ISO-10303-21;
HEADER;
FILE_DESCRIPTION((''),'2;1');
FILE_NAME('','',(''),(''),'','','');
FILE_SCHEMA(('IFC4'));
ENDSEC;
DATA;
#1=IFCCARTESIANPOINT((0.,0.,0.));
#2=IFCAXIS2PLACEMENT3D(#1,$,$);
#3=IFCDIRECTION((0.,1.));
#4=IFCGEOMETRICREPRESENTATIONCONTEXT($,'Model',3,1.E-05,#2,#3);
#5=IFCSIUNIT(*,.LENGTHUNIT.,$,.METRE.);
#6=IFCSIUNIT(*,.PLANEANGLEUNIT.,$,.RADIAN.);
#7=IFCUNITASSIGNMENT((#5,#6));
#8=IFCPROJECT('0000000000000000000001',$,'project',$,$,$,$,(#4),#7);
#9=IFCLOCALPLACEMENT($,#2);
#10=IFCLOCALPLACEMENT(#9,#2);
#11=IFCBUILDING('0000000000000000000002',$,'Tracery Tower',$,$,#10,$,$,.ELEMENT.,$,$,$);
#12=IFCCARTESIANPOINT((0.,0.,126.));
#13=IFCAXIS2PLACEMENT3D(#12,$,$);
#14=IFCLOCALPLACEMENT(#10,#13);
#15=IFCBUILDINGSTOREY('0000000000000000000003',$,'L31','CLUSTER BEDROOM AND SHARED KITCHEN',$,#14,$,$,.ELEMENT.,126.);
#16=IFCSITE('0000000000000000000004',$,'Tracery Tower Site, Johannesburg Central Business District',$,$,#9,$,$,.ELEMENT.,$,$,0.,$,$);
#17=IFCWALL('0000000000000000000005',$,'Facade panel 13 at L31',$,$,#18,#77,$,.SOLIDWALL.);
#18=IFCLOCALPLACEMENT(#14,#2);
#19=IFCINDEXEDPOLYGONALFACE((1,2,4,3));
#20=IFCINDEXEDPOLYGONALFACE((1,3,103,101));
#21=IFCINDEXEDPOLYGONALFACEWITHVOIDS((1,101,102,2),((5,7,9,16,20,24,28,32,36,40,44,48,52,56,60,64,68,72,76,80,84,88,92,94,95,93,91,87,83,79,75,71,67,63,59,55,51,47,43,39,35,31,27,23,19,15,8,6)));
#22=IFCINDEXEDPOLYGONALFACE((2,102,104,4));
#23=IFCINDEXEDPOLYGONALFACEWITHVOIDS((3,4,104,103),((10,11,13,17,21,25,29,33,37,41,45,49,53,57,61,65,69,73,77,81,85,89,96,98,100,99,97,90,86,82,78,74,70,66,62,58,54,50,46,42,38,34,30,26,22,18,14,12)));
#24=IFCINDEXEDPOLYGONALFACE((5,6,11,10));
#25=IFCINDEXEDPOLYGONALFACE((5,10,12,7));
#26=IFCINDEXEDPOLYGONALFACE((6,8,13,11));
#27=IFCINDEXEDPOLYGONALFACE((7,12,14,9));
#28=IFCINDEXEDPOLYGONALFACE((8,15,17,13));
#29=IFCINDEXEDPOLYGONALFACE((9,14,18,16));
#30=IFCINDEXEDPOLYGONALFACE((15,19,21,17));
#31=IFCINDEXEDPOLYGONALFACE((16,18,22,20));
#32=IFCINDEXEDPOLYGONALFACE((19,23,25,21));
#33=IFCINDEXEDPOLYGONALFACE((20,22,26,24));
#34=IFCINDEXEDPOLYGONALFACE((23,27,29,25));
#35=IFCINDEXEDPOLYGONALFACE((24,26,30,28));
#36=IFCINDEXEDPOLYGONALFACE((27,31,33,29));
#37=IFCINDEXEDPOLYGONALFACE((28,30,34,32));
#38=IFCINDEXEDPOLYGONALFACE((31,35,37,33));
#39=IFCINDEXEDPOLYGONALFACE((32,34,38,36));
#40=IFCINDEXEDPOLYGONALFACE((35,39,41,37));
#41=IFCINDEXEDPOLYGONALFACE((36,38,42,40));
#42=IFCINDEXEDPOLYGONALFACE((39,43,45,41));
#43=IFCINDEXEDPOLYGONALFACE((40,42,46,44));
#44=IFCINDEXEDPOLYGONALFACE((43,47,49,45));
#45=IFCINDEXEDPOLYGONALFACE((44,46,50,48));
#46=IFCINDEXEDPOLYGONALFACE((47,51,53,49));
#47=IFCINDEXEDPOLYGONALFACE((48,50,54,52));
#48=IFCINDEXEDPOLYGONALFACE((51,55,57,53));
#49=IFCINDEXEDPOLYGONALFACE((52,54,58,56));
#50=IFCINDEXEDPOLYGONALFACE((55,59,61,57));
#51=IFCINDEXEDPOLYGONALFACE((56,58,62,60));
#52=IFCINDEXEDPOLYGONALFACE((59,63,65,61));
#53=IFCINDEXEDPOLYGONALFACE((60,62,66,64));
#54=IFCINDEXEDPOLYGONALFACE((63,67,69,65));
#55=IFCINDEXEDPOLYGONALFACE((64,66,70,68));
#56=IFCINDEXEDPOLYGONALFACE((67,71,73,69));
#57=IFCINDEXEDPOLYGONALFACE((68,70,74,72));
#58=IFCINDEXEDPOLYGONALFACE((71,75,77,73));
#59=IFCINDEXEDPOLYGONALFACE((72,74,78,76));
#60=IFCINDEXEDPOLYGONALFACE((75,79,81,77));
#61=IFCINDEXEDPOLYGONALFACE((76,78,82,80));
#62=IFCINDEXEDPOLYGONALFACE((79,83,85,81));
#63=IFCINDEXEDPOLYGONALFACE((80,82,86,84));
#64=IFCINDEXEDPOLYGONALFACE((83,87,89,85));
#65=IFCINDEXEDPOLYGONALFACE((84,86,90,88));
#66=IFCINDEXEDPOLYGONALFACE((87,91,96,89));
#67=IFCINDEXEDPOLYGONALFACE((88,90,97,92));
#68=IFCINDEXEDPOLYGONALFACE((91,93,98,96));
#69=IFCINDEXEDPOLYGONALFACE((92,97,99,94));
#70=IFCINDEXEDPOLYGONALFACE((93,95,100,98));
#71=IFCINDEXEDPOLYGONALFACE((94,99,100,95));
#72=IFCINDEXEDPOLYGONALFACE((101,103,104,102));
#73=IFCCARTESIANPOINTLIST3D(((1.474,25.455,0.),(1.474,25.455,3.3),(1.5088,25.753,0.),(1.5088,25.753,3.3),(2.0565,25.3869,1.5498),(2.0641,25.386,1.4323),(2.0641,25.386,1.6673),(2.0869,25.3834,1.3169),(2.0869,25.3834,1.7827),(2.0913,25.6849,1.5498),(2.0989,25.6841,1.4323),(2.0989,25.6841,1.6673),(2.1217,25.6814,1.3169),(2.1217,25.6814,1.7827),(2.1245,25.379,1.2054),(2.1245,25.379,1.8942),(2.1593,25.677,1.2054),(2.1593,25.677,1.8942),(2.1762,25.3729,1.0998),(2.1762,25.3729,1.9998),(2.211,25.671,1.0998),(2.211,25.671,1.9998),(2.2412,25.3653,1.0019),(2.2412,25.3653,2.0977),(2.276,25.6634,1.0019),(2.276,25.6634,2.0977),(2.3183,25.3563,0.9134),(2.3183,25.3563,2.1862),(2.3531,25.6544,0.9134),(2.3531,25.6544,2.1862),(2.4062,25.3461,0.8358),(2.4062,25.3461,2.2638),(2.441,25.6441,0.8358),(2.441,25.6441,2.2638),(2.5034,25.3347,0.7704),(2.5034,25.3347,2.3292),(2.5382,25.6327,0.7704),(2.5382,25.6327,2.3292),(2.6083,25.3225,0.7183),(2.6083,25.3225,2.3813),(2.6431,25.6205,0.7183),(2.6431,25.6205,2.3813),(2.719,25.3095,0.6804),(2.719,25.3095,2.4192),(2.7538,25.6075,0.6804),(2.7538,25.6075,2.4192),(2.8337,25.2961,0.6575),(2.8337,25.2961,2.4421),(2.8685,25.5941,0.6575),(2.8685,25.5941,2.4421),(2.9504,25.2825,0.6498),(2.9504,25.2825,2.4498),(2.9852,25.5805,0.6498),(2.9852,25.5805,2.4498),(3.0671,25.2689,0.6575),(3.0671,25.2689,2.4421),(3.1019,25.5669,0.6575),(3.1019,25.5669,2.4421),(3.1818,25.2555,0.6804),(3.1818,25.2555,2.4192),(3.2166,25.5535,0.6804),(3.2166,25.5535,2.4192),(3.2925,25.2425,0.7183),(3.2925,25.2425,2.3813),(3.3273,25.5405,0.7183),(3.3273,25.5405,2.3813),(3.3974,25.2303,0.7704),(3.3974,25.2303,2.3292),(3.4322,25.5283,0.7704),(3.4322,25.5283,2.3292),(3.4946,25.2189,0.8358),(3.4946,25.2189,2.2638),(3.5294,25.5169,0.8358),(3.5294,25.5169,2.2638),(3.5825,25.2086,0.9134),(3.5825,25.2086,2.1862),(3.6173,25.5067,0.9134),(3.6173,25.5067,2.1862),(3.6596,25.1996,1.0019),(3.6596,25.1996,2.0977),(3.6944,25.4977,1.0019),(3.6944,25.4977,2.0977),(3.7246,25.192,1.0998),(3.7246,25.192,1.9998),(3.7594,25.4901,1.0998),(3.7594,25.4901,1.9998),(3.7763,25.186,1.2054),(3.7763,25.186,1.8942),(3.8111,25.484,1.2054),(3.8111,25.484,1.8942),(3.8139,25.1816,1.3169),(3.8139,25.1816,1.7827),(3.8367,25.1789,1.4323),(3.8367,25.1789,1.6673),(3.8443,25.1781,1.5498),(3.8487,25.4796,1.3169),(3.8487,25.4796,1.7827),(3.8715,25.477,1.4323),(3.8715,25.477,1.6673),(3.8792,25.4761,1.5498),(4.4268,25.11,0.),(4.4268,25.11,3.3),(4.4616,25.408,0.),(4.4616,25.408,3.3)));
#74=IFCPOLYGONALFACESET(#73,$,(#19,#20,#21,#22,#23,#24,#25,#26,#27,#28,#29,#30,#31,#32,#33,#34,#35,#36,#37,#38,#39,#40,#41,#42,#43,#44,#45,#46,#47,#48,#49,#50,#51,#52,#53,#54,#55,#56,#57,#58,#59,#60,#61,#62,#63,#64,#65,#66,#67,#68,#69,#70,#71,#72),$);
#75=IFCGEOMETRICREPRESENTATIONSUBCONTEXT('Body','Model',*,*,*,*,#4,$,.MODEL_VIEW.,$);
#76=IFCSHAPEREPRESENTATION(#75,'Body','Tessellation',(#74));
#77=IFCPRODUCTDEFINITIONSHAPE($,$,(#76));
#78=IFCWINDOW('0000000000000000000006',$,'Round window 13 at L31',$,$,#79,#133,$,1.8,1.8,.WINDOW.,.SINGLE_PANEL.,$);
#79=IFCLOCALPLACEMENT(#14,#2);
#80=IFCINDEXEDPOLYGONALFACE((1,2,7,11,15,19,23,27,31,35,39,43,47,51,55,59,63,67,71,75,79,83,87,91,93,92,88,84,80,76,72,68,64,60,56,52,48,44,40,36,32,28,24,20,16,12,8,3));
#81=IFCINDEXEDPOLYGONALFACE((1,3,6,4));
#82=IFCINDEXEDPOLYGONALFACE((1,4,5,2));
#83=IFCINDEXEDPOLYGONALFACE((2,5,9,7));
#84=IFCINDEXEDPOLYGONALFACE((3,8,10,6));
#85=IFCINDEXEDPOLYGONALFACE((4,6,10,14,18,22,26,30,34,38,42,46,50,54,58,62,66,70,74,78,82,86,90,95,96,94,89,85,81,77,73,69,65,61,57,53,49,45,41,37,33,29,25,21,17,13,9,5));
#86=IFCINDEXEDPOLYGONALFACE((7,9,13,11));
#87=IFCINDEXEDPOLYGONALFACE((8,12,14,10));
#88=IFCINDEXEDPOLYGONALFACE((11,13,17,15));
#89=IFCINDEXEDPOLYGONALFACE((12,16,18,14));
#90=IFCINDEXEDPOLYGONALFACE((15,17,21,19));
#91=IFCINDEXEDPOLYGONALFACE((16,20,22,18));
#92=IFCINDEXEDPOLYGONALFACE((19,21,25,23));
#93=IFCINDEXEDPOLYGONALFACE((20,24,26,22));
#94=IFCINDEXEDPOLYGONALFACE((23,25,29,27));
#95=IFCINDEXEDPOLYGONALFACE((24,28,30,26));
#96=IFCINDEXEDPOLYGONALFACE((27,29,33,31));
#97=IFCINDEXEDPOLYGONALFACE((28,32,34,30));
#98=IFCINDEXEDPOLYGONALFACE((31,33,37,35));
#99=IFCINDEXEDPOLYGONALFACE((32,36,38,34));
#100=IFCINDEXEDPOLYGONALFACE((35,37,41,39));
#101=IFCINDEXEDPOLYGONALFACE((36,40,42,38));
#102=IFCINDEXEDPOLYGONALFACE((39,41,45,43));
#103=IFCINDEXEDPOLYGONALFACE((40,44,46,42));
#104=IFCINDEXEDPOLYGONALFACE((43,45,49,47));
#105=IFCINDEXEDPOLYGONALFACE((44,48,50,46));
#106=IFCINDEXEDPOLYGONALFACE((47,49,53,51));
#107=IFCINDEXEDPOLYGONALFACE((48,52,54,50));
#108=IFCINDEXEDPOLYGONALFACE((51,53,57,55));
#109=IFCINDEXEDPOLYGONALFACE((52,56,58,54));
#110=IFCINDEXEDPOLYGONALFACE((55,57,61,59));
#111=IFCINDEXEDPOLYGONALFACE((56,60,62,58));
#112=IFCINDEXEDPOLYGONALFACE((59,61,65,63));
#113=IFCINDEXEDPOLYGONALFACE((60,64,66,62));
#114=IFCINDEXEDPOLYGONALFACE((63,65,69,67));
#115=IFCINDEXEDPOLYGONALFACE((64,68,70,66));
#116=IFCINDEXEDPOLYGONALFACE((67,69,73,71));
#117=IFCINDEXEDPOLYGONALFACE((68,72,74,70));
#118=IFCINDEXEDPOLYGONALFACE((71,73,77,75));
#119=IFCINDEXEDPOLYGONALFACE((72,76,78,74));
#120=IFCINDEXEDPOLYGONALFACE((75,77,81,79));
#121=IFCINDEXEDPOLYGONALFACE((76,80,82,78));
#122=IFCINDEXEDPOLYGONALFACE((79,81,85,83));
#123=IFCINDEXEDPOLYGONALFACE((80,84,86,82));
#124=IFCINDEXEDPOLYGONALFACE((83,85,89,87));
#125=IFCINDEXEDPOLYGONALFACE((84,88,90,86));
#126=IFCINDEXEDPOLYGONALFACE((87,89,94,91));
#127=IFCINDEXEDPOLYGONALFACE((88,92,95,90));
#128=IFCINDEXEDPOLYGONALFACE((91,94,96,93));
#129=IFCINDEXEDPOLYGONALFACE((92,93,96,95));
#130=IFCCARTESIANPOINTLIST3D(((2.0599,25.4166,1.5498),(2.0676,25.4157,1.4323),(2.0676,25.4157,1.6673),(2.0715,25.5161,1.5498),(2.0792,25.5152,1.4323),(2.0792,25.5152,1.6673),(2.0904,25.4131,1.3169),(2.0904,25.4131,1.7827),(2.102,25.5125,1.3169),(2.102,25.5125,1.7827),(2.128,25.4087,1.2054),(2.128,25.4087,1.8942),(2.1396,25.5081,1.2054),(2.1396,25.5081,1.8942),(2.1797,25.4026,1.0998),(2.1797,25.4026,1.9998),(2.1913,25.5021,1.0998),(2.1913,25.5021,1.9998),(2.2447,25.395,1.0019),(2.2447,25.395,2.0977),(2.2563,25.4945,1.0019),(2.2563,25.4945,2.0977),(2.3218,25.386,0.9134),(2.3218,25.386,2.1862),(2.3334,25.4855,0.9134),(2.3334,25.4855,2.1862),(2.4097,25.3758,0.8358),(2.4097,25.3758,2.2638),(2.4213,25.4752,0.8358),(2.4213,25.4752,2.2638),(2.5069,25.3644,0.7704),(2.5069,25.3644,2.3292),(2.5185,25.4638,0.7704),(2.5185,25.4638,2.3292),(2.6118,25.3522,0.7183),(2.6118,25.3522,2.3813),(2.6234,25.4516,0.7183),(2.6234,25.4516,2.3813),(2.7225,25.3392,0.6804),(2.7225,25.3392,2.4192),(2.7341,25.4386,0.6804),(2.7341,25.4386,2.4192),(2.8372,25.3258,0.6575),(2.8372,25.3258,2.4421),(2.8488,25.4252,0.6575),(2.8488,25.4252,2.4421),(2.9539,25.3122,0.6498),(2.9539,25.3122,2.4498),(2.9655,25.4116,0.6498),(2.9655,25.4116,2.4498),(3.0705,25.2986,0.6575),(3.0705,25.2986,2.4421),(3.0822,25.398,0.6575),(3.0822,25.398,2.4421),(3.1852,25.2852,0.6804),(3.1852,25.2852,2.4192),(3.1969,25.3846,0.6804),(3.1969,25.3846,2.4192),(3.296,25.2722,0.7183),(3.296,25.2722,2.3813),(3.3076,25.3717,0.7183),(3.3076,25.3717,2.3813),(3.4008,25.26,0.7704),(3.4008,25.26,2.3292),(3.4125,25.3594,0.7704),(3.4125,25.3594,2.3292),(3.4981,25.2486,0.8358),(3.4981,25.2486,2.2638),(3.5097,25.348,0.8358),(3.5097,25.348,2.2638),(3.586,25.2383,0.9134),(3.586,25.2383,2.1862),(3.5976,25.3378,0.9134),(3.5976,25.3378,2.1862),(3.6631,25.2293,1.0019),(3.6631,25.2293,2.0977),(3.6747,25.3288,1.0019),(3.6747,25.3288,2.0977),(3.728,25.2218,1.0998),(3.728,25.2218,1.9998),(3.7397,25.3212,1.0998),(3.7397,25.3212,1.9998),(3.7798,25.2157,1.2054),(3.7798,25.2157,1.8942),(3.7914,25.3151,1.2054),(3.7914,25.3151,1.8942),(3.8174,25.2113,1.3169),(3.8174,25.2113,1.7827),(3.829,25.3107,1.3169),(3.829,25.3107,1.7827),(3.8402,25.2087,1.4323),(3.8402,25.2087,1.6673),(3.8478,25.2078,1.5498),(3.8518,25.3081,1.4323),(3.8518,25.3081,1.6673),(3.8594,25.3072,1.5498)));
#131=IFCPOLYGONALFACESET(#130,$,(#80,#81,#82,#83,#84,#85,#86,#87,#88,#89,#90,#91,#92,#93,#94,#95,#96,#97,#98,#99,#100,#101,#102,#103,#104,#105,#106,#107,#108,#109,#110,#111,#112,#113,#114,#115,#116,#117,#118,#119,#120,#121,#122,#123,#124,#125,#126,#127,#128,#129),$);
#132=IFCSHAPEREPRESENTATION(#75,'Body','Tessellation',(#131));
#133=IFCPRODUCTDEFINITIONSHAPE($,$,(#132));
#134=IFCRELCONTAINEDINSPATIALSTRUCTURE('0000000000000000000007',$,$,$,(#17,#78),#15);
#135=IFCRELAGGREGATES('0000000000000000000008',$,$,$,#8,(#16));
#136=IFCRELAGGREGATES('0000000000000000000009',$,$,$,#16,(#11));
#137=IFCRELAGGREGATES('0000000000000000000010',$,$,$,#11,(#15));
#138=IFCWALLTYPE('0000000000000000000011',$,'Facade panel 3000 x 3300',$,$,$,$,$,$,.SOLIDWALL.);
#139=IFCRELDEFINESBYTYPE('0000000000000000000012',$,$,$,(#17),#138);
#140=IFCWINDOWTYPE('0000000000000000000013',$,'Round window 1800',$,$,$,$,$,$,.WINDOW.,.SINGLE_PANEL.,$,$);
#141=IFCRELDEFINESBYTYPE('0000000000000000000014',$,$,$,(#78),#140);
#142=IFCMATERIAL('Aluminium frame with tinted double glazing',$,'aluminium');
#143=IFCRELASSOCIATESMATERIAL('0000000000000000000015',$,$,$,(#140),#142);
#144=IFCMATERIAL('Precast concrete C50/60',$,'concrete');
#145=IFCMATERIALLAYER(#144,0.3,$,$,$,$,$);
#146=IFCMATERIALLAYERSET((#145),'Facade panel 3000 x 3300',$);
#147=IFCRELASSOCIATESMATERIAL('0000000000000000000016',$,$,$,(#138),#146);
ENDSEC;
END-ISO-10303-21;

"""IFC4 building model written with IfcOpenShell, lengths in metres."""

from ifc_helpers import new_model, si_unit, direction, frame, frame_2d, origin, origin_2d, place, context, subcontext, project, spatial, rectangle, circle, extrude, material, layer, layer_set, type_object, element, fill, save


model = new_model("IFC4")

# Units and contexts
model_context = context("Model", 3, precision=1e-05, world=origin(), true_north=direction((0.0, 1.0)))
body_context = subcontext(model_context, "Body", "Model", "MODEL_VIEW")
ifc_project = project(units=[si_unit("LENGTHUNIT", "METRE"), si_unit("PLANEANGLEUNIT", "RADIAN")], contexts=[model_context])

# Site, building, storey
site_placement = place(None, origin())
site = spatial("IfcSite", under=ifc_project, at=site_placement, Name="Tracery Tower Site, Johannesburg Central Business District", CompositionType="ELEMENT", RefElevation=0.0)
building_placement = place(site_placement, origin())
building = spatial("IfcBuilding", under=site, at=building_placement, Name="Tracery Tower", CompositionType="ELEMENT")
storey_placement = place(building_placement, frame((0.0, 0.0, 126.0)))
storey = spatial("IfcBuildingStorey", under=building, at=storey_placement, Name="L31", Description="CLUSTER BEDROOM AND SHARED KITCHEN", CompositionType="ELEMENT", Elevation=126.0)

# Wall, opening, window
ifc_material_1 = material(Name="Aluminium frame with tinted double glazing", Category="aluminium")
window_type = type_object("IfcWindowType", Name="Round window 1800", PartitioningType="SINGLE_PANEL", PredefinedType="WINDOW", material=ifc_material_1)
ifc_material_2 = material(Name="Precast concrete C50/60", Category="concrete")
ifc_layer_1 = layer(ifc_material_2, 0.3)
ifc_layer_set_1 = layer_set([ifc_layer_1], Name="Facade panel 3000 x 3300")
wall_type_1 = type_object("IfcWallType", Name="Facade panel 3000 x 3300", PredefinedType="SOLIDWALL", material=ifc_layer_set_1)
wall_1_placement = place(storey_placement, frame((4.4441, 25.259, 0.0), z_axis=(0.0, 0.0, 1.0), x_axis=(-0.993245, 0.116036, 0.0)))
wall_1 = element("IfcWall", 1, at=wall_1_placement, inside=storey, type_object=wall_type_1, Name="Facade panel 13 at L31", PredefinedType="SOLIDWALL", context=body_context, shape_type="SweptSolid", body=[
    extrude(rectangle(XDim=2.9729, YDim=0.3, at=frame_2d((1.4863, 0.0))), origin(), (0.0, 0.0, 1.0), 3.3),
])
opening_1_placement = place(wall_1_placement, frame((1.4863, 0.0, 1.5498)))
opening_1 = element("IfcOpeningElement", 2, at=opening_1_placement, cuts=wall_1, PredefinedType="OPENING", context=body_context, shape_type="SweptSolid", body=[
    extrude(circle(Radius=0.9, at=origin_2d()), frame((0.0, 0.1599, 0.0), z_axis=(0.0, -1.0, 0.0), x_axis=(1.0, 0.0, 0.0)), (0.0, 0.0, 1.0), 0.3201),
])
window_1_placement = place(opening_1_placement, origin())
window_1 = element("IfcWindow", 3, at=window_1_placement, inside=storey, type_object=window_type, Name="Round window 13 at L31", OverallHeight=1.8, OverallWidth=1.8, PartitioningType="SINGLE_PANEL", PredefinedType="WINDOW", context=body_context, shape_type="SweptSolid", body=[
    extrude(circle(Radius=0.9, at=origin_2d()), frame((0.0, 0.1201, 0.0), z_axis=(0.0, -1.0, 0.0), x_axis=(1.0, 0.0, 0.0)), (0.0, 0.0, 1.0), 0.1001),
])
fill(opening_1, window_1)

save(model, "model.ifc")
